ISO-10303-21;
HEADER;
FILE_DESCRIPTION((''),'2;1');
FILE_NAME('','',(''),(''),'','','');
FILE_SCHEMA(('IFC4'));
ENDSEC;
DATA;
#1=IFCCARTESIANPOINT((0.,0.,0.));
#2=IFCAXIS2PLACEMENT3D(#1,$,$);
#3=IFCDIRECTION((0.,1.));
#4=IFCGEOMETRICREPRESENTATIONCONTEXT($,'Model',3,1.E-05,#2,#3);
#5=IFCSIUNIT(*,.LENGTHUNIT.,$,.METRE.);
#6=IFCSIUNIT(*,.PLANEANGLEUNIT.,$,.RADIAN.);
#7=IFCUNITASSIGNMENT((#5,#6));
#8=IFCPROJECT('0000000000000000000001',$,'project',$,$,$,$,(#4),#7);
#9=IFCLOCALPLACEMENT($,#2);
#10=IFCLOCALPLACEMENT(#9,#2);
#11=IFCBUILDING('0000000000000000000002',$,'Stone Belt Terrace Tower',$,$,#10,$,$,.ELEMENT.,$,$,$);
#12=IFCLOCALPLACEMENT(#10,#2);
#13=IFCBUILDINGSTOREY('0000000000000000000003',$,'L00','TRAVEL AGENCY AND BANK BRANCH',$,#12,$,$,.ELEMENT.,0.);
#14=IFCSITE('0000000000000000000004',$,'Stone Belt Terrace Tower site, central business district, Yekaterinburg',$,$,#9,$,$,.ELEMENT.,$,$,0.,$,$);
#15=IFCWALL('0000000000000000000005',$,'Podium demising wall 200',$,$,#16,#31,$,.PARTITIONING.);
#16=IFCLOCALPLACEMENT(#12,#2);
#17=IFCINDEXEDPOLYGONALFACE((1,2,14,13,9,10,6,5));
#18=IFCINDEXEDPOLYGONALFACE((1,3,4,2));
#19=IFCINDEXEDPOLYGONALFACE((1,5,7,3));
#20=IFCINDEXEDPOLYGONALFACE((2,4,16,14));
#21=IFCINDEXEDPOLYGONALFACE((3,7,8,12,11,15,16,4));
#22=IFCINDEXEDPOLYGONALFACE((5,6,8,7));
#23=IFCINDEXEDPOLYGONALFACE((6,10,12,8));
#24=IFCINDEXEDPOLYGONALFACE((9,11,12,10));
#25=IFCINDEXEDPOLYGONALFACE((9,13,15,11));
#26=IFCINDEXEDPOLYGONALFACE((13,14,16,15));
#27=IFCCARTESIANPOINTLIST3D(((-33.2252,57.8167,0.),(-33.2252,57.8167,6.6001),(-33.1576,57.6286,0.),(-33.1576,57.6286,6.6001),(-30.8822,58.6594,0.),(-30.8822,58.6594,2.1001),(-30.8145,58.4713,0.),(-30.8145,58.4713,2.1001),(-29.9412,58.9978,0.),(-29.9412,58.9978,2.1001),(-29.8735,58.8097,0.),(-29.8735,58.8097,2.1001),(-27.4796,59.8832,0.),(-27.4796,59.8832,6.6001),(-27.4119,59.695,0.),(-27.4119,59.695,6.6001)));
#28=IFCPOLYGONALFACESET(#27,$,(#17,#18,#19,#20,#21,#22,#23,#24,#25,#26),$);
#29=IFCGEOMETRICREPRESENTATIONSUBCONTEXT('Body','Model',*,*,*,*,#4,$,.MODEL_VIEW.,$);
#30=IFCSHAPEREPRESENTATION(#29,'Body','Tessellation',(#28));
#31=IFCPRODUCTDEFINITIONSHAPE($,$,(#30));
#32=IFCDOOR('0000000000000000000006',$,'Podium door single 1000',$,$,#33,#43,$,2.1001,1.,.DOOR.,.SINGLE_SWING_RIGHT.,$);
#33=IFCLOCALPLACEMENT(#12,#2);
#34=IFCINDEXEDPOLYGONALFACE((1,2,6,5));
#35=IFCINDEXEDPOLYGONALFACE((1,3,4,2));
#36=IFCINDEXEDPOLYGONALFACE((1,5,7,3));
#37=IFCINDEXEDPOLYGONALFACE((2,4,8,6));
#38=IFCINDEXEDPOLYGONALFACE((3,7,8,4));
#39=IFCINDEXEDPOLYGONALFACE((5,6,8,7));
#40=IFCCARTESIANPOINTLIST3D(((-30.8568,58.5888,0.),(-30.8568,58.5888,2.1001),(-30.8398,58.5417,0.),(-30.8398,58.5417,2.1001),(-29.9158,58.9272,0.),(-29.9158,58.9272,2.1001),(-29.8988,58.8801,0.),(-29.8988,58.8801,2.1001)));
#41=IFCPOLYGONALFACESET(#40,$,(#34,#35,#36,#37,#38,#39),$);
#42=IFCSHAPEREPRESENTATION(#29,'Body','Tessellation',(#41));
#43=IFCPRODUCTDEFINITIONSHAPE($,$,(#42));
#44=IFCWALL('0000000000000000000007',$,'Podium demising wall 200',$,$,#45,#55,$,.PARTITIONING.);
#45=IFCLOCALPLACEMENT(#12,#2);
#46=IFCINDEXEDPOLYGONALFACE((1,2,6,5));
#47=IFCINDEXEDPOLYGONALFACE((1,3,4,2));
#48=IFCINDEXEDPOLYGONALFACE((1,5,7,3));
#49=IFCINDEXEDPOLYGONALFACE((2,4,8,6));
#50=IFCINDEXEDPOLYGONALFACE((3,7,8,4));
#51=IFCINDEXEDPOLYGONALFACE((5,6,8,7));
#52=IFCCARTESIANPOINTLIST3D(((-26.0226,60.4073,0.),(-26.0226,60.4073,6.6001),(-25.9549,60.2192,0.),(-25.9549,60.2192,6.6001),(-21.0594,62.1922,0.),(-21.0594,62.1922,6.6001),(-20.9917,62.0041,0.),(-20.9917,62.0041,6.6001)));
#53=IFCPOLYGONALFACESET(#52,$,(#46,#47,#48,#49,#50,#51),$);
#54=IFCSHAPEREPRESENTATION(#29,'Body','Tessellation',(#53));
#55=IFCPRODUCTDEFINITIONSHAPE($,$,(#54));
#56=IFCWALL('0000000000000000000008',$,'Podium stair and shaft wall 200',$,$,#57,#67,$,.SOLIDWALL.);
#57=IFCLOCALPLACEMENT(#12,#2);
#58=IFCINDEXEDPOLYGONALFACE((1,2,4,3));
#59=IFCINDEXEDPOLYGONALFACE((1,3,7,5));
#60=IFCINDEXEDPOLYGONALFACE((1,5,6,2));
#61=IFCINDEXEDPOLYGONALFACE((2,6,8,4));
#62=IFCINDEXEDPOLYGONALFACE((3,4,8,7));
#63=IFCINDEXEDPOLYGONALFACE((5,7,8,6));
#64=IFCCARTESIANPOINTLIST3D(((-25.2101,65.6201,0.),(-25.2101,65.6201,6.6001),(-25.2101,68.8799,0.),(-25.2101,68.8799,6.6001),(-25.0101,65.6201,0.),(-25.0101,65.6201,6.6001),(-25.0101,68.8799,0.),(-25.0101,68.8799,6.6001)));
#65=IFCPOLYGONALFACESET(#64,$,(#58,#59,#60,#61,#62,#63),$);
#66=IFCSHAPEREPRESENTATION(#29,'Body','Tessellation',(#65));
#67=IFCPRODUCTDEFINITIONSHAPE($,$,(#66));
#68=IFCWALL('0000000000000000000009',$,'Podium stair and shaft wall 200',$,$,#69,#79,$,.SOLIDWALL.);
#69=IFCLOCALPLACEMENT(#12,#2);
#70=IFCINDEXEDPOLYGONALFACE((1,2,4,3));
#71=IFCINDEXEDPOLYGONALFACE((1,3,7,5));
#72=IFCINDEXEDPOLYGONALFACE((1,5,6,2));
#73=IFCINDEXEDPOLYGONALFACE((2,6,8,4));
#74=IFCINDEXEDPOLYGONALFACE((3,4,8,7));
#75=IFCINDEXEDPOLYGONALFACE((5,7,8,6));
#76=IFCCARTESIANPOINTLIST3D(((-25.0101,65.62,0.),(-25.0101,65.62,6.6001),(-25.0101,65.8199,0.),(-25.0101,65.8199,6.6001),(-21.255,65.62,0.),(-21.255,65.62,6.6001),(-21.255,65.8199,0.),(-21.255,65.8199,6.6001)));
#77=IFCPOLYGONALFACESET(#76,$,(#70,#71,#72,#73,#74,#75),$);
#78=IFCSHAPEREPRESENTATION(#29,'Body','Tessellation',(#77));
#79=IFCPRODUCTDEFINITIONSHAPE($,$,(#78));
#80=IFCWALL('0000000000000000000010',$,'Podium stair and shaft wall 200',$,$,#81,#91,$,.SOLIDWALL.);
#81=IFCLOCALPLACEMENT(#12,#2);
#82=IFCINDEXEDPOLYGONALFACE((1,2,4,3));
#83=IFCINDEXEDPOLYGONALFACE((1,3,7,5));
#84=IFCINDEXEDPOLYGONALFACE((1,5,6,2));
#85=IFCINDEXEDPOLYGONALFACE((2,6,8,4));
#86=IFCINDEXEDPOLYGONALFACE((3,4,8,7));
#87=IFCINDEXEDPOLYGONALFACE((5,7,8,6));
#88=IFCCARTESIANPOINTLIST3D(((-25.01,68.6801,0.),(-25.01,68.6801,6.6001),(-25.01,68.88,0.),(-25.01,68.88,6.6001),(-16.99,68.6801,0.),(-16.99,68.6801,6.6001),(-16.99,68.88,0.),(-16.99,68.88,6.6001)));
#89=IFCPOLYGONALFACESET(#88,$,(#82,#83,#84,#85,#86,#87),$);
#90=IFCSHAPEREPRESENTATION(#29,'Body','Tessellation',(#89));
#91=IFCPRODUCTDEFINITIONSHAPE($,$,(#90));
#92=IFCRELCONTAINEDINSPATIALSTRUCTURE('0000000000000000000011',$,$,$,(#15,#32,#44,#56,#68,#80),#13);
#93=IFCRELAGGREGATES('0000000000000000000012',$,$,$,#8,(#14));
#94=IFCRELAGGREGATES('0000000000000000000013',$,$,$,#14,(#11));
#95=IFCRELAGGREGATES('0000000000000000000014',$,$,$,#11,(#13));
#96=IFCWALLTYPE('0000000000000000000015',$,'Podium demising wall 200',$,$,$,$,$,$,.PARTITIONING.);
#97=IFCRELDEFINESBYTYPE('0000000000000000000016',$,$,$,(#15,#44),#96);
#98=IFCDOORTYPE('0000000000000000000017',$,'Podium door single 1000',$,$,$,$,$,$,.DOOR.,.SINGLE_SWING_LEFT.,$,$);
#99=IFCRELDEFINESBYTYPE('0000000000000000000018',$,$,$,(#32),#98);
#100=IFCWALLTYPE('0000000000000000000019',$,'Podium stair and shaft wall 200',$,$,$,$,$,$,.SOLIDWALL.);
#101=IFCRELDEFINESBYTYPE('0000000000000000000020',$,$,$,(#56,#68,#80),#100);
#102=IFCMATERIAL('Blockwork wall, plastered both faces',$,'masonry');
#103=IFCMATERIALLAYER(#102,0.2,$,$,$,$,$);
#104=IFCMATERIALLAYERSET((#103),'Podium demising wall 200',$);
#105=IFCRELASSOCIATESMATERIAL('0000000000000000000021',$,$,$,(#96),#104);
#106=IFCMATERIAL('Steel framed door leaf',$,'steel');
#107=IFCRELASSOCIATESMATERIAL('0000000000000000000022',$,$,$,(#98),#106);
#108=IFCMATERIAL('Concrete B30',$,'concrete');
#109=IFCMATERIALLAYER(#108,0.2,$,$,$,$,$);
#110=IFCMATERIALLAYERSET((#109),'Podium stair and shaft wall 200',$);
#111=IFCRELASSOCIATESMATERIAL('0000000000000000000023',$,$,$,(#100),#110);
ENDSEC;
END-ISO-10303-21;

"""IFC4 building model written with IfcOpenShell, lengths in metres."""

from ifc_helpers import new_model, si_unit, direction, frame, frame_2d, origin, place, context, subcontext, project, spatial, rectangle, extrude, material, layer, layer_set, type_object, element, fill, save


model = new_model("IFC4")

# Units and contexts
model_context = context("Model", 3, precision=1e-05, world=origin(), true_north=direction((0.0, 1.0)))
body_context = subcontext(model_context, "Body", "Model", "MODEL_VIEW")
ifc_project = project(units=[si_unit("LENGTHUNIT", "METRE"), si_unit("PLANEANGLEUNIT", "RADIAN")], contexts=[model_context])

# Site, building, storey
site_placement = place(None, origin())
site = spatial("IfcSite", under=ifc_project, at=site_placement, Name="Stone Belt Terrace Tower site, central business district, Yekaterinburg", CompositionType="ELEMENT", RefElevation=0.0)
building_placement = place(site_placement, origin())
building = spatial("IfcBuilding", under=site, at=building_placement, Name="Stone Belt Terrace Tower", CompositionType="ELEMENT")
storey_placement = place(building_placement, origin())
storey = spatial("IfcBuildingStorey", under=building, at=storey_placement, Name="L00", Description="TRAVEL AGENCY AND BANK BRANCH", CompositionType="ELEMENT", Elevation=0.0)

# Shared definitions
ifc_material_1 = material(Name="Blockwork wall, plastered both faces", Category="masonry")
ifc_layer_1 = layer(ifc_material_1, 0.2)
ifc_layer_set_1 = layer_set([ifc_layer_1], Name="Podium demising wall 200")
wall_type_1 = type_object("IfcWallType", Name="Podium demising wall 200", PredefinedType="PARTITIONING", material=ifc_layer_set_1)

# Wall, opening, door
wall_1_placement = place(storey_placement, frame((-33.1914, 57.7227, 0.0), z_axis=(0.0, 0.0, 1.0), x_axis=(0.940992, 0.338428, 0.0)))
wall_1 = element("IfcWall", 1, at=wall_1_placement, inside=storey, type_object=wall_type_1, Name="Podium demising wall 200", PredefinedType="PARTITIONING", context=body_context, shape_type="SweptSolid", body=[
    extrude(rectangle(XDim=6.106, YDim=0.2, at=frame_2d((3.053, 0.0))), origin(), (0.0, 0.0, 1.0), 6.6001),
])
opening_placement = place(wall_1_placement, frame((2.49, 0.0, 0.0)))
opening = element("IfcOpeningElement", 2, at=opening_placement, cuts=wall_1, PredefinedType="OPENING", context=body_context, shape_type="SweptSolid", body=[
    extrude(rectangle(XDim=1.0, YDim=2.1001, at=frame_2d((0.5, 1.05))), frame((0.0, 0.1099, 0.0), z_axis=(0.0, -1.0, 0.0), x_axis=(1.0, 0.0, 0.0)), (0.0, 0.0, 1.0), 0.22),
])
ifc_material_2 = material(Name="Steel framed door leaf", Category="steel")
door_type = type_object("IfcDoorType", Name="Podium door single 1000", OperationType="SINGLE_SWING_LEFT", PredefinedType="DOOR", material=ifc_material_2)
door_placement = place(opening_placement, origin())
door = element("IfcDoor", 3, at=door_placement, inside=storey, type_object=door_type, Name="Podium door single 1000", OperationType="SINGLE_SWING_RIGHT", OverallHeight=2.1001, OverallWidth=1.0, PredefinedType="DOOR", context=body_context, shape_type="SweptSolid", body=[
    extrude(rectangle(XDim=1.0, YDim=2.1001, at=frame_2d((0.5, 1.05))), frame((0.0, 0.0249, 0.0), z_axis=(0.0, -1.0, 0.0), x_axis=(1.0, 0.0, 0.0)), (0.0, 0.0, 1.0), 0.05),
])
fill(opening, door)

# Walls
wall_2_placement = place(storey_placement, frame((-25.9888, 60.3132, 0.0), z_axis=(0.0, 0.0, 1.0), x_axis=(0.940997, 0.338415, 0.0)))
element("IfcWall", 4, at=wall_2_placement, inside=storey, type_object=wall_type_1, Name="Podium demising wall 200", PredefinedType="PARTITIONING", context=body_context, shape_type="SweptSolid", body=[
    extrude(rectangle(XDim=5.2744, YDim=0.2, at=frame_2d((2.6372, 0.0))), origin(), (0.0, 0.0, 1.0), 6.6001),
])
ifc_material_3 = material(Name="Concrete B30", Category="concrete")
ifc_layer_2 = layer(ifc_material_3, 0.2)
ifc_layer_set_2 = layer_set([ifc_layer_2], Name="Podium stair and shaft wall 200")
wall_type_2 = type_object("IfcWallType", Name="Podium stair and shaft wall 200", PredefinedType="SOLIDWALL", material=ifc_layer_set_2)
wall_3_placement = place(storey_placement, frame((-25.1101, 65.6201, 0.0), z_axis=(0.0, 0.0, 1.0), x_axis=(0.0, 1.0, 0.0)))
element("IfcWall", 5, at=wall_3_placement, inside=storey, type_object=wall_type_2, Name="Podium stair and shaft wall 200", PredefinedType="SOLIDWALL", context=body_context, shape_type="SweptSolid", body=[
    extrude(rectangle(XDim=3.2598, YDim=0.2, at=frame_2d((1.6299, 0.0))), origin(), (0.0, 0.0, 1.0), 6.6001),
])
wall_4_placement = place(storey_placement, frame((-25.01, 65.72, 0.0), z_axis=(0.0, 0.0, 1.0), x_axis=(1.0, 0.0, 0.0)))
element("IfcWall", 6, at=wall_4_placement, inside=storey, type_object=wall_type_2, Name="Podium stair and shaft wall 200", PredefinedType="SOLIDWALL", context=body_context, shape_type="SweptSolid", body=[
    extrude(rectangle(XDim=3.7551, YDim=0.2, at=frame_2d((1.8774, 0.0))), origin(), (0.0, 0.0, 1.0), 6.6001),
])
wall_5_placement = place(storey_placement, frame((-25.01, 68.78, 0.0), z_axis=(0.0, 0.0, 1.0), x_axis=(1.0, 0.0, 0.0)))
element("IfcWall", 7, at=wall_5_placement, inside=storey, type_object=wall_type_2, Name="Podium stair and shaft wall 200", PredefinedType="SOLIDWALL", context=body_context, shape_type="SweptSolid", body=[
    extrude(rectangle(XDim=8.02, YDim=0.2, at=frame_2d((4.01, 0.0))), origin(), (0.0, 0.0, 1.0), 6.6001),
])

save(model, "model.ifc")
